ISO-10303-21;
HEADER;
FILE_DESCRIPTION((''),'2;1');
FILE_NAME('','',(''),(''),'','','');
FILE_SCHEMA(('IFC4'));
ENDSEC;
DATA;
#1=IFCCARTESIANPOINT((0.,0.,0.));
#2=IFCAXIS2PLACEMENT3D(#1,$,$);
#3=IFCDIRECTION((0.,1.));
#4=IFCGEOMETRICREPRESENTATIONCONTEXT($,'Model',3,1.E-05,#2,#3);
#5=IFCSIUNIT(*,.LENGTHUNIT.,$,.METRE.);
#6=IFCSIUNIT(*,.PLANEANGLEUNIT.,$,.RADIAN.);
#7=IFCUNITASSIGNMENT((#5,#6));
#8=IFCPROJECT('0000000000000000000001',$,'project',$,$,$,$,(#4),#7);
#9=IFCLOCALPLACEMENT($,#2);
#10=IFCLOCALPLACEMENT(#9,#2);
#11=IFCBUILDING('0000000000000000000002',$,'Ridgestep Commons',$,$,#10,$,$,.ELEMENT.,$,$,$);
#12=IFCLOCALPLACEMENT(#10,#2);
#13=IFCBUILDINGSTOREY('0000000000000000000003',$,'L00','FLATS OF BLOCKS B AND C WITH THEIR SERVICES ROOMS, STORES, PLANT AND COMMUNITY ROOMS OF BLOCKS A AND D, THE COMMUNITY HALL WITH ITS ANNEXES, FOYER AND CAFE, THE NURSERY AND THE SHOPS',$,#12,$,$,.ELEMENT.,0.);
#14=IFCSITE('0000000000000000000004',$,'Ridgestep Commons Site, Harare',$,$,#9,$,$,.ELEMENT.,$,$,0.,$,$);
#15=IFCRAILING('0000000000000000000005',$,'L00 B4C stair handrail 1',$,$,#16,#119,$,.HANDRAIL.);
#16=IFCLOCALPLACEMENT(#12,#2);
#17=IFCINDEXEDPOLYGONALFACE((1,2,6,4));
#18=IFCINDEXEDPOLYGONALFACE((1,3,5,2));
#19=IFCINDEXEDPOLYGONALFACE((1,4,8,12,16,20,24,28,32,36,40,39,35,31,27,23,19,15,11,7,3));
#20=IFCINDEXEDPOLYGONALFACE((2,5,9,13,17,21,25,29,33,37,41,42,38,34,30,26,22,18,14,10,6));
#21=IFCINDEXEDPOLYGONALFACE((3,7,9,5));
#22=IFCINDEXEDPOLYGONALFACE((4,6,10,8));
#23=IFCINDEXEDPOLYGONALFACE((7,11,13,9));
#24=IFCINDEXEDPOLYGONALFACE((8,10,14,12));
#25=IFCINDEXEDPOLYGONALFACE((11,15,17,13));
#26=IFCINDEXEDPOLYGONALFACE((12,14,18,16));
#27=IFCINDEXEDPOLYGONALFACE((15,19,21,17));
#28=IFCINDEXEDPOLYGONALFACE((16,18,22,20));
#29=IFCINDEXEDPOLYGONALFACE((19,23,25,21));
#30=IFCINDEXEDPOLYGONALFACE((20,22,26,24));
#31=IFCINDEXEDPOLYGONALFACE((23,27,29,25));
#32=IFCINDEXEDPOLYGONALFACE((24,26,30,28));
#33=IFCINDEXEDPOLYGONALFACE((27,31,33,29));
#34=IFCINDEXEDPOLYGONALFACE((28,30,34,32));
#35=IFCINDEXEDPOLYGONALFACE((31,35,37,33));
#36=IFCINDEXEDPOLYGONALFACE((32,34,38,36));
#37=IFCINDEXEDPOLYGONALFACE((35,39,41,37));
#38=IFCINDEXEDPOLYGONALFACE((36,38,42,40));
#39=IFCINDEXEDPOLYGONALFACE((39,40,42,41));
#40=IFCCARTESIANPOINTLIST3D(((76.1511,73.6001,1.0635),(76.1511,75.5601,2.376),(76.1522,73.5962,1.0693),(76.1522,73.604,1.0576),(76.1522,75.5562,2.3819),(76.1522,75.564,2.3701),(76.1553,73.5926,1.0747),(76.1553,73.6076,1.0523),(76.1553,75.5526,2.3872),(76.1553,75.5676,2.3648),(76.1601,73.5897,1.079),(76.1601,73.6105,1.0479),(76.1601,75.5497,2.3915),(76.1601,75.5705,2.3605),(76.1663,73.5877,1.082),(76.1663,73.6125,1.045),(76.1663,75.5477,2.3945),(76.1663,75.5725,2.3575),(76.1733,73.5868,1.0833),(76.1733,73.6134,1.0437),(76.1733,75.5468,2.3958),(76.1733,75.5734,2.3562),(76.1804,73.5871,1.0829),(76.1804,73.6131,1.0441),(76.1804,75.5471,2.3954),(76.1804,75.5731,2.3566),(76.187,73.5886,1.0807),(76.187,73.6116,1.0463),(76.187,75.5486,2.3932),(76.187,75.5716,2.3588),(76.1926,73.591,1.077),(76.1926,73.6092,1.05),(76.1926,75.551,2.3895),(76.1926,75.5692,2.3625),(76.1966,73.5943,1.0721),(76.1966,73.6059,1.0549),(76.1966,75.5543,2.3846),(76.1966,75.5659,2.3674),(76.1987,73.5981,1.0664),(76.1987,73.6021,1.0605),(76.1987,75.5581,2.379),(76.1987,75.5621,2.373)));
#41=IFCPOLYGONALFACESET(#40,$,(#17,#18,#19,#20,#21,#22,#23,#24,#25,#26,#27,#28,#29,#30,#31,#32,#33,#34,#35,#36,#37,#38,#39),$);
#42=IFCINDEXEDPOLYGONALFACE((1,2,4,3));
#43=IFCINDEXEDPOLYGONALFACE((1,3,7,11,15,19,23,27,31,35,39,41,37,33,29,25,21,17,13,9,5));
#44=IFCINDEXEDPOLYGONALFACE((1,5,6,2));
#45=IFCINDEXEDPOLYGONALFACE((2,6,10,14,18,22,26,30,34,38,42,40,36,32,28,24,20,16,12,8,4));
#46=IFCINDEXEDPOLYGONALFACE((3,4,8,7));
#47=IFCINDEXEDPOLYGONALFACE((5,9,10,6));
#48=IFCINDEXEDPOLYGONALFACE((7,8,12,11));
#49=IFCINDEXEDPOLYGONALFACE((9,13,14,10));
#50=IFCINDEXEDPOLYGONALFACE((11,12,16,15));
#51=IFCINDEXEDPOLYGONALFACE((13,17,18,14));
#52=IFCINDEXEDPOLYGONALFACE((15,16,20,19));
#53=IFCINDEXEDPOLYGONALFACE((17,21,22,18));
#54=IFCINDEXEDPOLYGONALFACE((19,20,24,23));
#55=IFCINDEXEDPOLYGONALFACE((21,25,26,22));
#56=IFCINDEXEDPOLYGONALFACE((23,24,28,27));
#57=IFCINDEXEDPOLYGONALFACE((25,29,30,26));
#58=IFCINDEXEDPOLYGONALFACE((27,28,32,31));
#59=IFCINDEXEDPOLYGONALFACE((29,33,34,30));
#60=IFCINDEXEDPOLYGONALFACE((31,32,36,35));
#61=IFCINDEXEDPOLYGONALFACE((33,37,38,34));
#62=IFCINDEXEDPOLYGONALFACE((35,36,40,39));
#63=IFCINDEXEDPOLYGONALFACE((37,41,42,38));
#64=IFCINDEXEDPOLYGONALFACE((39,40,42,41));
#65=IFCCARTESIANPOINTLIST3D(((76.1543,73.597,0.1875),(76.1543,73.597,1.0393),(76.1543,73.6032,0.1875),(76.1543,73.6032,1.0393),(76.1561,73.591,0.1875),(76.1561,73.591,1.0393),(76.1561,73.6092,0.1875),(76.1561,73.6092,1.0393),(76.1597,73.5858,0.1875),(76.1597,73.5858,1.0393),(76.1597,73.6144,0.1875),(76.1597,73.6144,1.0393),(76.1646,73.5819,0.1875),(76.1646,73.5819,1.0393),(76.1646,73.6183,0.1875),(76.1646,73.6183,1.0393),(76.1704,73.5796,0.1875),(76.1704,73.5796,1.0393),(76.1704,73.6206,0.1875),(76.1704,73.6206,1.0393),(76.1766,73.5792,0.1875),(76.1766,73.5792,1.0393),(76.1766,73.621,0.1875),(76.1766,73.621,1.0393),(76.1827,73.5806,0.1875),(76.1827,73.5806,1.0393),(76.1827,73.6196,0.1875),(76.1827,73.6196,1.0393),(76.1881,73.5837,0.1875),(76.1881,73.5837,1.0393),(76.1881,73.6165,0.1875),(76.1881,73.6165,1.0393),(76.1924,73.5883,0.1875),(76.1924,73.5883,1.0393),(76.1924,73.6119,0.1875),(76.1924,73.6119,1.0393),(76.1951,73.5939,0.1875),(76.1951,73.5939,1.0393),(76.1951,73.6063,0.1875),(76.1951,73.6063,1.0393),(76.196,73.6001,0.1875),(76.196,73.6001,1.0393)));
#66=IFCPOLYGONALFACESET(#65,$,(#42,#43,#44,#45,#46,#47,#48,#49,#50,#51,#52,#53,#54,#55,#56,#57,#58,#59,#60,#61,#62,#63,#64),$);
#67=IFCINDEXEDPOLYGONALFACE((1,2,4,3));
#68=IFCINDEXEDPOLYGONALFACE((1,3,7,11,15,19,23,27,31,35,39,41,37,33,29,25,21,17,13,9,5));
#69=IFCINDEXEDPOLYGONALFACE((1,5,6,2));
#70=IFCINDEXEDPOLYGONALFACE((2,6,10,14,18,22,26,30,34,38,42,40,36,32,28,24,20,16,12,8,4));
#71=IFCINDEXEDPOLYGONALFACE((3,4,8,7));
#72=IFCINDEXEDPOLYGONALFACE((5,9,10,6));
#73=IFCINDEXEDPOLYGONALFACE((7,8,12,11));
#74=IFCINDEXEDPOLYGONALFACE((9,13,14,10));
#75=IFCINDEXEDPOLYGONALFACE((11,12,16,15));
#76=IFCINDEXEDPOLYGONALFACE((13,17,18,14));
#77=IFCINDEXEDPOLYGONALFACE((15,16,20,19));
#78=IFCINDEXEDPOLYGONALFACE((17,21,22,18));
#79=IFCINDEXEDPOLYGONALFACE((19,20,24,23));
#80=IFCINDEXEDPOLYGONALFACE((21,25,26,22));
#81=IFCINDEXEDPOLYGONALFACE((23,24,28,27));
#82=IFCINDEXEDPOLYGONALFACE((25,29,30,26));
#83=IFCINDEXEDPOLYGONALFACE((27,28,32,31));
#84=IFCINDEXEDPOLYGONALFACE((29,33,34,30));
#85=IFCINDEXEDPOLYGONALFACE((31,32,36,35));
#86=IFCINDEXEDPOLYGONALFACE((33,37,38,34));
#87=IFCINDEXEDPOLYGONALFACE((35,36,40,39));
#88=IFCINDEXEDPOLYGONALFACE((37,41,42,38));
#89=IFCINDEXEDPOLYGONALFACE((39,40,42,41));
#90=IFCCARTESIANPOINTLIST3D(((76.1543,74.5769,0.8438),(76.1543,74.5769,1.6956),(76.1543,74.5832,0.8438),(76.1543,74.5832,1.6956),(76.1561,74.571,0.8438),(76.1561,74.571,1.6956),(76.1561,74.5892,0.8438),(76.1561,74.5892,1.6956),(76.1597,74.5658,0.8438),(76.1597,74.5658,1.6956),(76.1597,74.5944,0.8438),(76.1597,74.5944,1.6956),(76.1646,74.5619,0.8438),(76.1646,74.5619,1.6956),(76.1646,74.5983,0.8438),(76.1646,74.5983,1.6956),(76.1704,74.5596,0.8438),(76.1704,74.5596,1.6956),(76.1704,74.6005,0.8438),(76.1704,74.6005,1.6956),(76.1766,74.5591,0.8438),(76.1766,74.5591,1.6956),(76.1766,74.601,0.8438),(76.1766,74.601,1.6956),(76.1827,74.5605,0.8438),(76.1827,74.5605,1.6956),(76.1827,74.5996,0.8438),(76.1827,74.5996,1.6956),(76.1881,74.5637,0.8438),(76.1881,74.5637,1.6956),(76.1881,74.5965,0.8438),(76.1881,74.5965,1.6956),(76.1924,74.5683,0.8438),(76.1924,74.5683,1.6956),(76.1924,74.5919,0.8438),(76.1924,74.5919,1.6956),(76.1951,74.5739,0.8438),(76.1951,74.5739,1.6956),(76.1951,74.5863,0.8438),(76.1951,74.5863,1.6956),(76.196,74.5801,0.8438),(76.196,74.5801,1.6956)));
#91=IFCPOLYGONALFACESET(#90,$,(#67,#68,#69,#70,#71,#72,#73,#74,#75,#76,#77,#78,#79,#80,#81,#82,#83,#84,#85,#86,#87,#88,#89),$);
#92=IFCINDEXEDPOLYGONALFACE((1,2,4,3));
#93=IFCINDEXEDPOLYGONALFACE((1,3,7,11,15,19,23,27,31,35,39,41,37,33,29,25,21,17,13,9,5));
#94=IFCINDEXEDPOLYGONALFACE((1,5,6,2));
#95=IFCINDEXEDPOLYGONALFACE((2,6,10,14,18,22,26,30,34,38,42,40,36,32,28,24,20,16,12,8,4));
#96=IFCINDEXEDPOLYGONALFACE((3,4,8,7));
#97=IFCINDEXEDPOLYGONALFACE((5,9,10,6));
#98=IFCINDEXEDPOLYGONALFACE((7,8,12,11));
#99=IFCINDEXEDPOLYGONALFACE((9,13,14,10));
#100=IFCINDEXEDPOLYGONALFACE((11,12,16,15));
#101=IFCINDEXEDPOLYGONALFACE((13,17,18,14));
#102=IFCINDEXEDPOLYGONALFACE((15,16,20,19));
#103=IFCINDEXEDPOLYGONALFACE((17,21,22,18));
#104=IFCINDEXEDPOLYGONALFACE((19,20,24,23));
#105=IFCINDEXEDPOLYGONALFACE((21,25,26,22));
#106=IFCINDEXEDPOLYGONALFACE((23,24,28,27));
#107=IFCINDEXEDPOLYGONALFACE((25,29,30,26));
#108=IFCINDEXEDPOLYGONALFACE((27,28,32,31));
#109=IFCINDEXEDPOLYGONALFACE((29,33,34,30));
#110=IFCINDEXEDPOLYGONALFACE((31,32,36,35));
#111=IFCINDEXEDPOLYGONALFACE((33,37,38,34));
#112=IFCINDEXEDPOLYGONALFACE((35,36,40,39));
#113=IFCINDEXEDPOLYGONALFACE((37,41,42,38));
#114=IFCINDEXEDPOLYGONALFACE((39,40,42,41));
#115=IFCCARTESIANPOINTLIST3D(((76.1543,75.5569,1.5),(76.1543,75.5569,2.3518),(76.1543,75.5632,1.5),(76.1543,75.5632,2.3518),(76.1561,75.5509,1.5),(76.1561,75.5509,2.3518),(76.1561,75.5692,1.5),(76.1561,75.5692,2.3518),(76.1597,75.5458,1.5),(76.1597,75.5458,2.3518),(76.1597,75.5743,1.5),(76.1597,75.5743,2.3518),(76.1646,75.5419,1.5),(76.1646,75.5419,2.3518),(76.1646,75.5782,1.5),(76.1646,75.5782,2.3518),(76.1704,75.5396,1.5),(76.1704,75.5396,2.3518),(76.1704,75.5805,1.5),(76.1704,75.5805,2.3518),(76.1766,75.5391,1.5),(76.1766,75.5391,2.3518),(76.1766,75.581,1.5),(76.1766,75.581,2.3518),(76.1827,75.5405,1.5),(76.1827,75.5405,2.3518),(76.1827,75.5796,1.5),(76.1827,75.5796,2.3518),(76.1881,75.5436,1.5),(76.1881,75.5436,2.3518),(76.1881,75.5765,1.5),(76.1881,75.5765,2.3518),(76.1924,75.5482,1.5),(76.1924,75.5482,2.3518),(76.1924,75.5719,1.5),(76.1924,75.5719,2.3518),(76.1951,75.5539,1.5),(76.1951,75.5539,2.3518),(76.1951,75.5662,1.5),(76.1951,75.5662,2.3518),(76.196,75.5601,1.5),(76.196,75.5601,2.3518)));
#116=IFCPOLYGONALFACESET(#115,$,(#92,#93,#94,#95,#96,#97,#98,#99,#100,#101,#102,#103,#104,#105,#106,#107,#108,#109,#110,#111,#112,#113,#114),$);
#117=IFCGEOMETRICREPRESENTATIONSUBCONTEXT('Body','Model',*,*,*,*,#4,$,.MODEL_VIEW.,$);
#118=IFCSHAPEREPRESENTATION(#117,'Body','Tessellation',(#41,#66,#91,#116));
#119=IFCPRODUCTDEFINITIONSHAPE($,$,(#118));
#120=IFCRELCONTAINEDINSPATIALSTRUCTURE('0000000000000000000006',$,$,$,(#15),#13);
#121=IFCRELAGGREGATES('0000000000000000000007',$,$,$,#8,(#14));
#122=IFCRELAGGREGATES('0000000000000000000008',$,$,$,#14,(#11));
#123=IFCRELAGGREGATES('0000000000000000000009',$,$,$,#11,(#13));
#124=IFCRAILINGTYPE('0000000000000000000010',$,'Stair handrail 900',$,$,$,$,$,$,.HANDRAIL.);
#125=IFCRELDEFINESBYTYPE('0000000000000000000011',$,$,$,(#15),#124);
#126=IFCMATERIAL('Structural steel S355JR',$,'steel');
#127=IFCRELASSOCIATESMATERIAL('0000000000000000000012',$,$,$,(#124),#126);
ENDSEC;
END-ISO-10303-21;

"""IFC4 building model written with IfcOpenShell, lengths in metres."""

from ifc_helpers import new_model, si_unit, direction, frame, origin, origin_2d, place, context, subcontext, project, spatial, circle, extrude, material, type_object, element, save


model = new_model("IFC4")

# Units and contexts
model_context = context("Model", 3, precision=1e-05, world=origin(), true_north=direction((0.0, 1.0)))
body_context = subcontext(model_context, "Body", "Model", "MODEL_VIEW")
ifc_project = project(units=[si_unit("LENGTHUNIT", "METRE"), si_unit("PLANEANGLEUNIT", "RADIAN")], contexts=[model_context])

# Site, building, storey
site_placement = place(None, origin())
site = spatial("IfcSite", under=ifc_project, at=site_placement, Name="Ridgestep Commons Site, Harare", CompositionType="ELEMENT", RefElevation=0.0)
building_placement = place(site_placement, origin())
building = spatial("IfcBuilding", under=site, at=building_placement, Name="Ridgestep Commons", CompositionType="ELEMENT")
storey_placement = place(building_placement, origin())
storey = spatial("IfcBuildingStorey", under=building, at=storey_placement, Name="L00", Description="FLATS OF BLOCKS B AND C WITH THEIR SERVICES ROOMS, STORES, PLANT AND COMMUNITY ROOMS OF BLOCKS A AND D, THE COMMUNITY HALL WITH ITS ANNEXES, FOYER AND CAFE, THE NURSERY AND THE SHOPS", CompositionType="ELEMENT", Elevation=0.0)

# Railing
ifc_material_1 = material(Name="Structural steel S355JR", Category="steel")
railing_type_1 = type_object("IfcRailingType", Name="Stair handrail 900", PredefinedType="HANDRAIL", material=ifc_material_1)
railing_1_placement = place(storey_placement, frame((76.175, 73.6001, 0.1875)))
element("IfcRailing", 1, at=railing_1_placement, inside=storey, type_object=railing_type_1, Name="L00 B4C stair handrail 1", PredefinedType="HANDRAIL", context=body_context, shape_type="SweptSolid", body=[
    extrude(circle(Radius=0.0239, at=origin_2d()), frame((0.0, 0.0, 0.876), z_axis=(0.0, 0.830902, 0.556419), x_axis=(-1.0, 0.0, 0.0)), (0.0, 0.0, 1.0), 2.3589),
    extrude(circle(Radius=0.021, at=origin_2d()), origin(), (0.0, 0.0, 1.0), 0.8518),
    extrude(circle(Radius=0.021, at=origin_2d()), frame((0.0, 0.98, 0.6562)), (0.0, 0.0, 1.0), 0.8518),
    extrude(circle(Radius=0.021, at=origin_2d()), frame((0.0, 1.96, 1.3125)), (0.0, 0.0, 1.0), 0.8518),
])

save(model, "model.ifc")
